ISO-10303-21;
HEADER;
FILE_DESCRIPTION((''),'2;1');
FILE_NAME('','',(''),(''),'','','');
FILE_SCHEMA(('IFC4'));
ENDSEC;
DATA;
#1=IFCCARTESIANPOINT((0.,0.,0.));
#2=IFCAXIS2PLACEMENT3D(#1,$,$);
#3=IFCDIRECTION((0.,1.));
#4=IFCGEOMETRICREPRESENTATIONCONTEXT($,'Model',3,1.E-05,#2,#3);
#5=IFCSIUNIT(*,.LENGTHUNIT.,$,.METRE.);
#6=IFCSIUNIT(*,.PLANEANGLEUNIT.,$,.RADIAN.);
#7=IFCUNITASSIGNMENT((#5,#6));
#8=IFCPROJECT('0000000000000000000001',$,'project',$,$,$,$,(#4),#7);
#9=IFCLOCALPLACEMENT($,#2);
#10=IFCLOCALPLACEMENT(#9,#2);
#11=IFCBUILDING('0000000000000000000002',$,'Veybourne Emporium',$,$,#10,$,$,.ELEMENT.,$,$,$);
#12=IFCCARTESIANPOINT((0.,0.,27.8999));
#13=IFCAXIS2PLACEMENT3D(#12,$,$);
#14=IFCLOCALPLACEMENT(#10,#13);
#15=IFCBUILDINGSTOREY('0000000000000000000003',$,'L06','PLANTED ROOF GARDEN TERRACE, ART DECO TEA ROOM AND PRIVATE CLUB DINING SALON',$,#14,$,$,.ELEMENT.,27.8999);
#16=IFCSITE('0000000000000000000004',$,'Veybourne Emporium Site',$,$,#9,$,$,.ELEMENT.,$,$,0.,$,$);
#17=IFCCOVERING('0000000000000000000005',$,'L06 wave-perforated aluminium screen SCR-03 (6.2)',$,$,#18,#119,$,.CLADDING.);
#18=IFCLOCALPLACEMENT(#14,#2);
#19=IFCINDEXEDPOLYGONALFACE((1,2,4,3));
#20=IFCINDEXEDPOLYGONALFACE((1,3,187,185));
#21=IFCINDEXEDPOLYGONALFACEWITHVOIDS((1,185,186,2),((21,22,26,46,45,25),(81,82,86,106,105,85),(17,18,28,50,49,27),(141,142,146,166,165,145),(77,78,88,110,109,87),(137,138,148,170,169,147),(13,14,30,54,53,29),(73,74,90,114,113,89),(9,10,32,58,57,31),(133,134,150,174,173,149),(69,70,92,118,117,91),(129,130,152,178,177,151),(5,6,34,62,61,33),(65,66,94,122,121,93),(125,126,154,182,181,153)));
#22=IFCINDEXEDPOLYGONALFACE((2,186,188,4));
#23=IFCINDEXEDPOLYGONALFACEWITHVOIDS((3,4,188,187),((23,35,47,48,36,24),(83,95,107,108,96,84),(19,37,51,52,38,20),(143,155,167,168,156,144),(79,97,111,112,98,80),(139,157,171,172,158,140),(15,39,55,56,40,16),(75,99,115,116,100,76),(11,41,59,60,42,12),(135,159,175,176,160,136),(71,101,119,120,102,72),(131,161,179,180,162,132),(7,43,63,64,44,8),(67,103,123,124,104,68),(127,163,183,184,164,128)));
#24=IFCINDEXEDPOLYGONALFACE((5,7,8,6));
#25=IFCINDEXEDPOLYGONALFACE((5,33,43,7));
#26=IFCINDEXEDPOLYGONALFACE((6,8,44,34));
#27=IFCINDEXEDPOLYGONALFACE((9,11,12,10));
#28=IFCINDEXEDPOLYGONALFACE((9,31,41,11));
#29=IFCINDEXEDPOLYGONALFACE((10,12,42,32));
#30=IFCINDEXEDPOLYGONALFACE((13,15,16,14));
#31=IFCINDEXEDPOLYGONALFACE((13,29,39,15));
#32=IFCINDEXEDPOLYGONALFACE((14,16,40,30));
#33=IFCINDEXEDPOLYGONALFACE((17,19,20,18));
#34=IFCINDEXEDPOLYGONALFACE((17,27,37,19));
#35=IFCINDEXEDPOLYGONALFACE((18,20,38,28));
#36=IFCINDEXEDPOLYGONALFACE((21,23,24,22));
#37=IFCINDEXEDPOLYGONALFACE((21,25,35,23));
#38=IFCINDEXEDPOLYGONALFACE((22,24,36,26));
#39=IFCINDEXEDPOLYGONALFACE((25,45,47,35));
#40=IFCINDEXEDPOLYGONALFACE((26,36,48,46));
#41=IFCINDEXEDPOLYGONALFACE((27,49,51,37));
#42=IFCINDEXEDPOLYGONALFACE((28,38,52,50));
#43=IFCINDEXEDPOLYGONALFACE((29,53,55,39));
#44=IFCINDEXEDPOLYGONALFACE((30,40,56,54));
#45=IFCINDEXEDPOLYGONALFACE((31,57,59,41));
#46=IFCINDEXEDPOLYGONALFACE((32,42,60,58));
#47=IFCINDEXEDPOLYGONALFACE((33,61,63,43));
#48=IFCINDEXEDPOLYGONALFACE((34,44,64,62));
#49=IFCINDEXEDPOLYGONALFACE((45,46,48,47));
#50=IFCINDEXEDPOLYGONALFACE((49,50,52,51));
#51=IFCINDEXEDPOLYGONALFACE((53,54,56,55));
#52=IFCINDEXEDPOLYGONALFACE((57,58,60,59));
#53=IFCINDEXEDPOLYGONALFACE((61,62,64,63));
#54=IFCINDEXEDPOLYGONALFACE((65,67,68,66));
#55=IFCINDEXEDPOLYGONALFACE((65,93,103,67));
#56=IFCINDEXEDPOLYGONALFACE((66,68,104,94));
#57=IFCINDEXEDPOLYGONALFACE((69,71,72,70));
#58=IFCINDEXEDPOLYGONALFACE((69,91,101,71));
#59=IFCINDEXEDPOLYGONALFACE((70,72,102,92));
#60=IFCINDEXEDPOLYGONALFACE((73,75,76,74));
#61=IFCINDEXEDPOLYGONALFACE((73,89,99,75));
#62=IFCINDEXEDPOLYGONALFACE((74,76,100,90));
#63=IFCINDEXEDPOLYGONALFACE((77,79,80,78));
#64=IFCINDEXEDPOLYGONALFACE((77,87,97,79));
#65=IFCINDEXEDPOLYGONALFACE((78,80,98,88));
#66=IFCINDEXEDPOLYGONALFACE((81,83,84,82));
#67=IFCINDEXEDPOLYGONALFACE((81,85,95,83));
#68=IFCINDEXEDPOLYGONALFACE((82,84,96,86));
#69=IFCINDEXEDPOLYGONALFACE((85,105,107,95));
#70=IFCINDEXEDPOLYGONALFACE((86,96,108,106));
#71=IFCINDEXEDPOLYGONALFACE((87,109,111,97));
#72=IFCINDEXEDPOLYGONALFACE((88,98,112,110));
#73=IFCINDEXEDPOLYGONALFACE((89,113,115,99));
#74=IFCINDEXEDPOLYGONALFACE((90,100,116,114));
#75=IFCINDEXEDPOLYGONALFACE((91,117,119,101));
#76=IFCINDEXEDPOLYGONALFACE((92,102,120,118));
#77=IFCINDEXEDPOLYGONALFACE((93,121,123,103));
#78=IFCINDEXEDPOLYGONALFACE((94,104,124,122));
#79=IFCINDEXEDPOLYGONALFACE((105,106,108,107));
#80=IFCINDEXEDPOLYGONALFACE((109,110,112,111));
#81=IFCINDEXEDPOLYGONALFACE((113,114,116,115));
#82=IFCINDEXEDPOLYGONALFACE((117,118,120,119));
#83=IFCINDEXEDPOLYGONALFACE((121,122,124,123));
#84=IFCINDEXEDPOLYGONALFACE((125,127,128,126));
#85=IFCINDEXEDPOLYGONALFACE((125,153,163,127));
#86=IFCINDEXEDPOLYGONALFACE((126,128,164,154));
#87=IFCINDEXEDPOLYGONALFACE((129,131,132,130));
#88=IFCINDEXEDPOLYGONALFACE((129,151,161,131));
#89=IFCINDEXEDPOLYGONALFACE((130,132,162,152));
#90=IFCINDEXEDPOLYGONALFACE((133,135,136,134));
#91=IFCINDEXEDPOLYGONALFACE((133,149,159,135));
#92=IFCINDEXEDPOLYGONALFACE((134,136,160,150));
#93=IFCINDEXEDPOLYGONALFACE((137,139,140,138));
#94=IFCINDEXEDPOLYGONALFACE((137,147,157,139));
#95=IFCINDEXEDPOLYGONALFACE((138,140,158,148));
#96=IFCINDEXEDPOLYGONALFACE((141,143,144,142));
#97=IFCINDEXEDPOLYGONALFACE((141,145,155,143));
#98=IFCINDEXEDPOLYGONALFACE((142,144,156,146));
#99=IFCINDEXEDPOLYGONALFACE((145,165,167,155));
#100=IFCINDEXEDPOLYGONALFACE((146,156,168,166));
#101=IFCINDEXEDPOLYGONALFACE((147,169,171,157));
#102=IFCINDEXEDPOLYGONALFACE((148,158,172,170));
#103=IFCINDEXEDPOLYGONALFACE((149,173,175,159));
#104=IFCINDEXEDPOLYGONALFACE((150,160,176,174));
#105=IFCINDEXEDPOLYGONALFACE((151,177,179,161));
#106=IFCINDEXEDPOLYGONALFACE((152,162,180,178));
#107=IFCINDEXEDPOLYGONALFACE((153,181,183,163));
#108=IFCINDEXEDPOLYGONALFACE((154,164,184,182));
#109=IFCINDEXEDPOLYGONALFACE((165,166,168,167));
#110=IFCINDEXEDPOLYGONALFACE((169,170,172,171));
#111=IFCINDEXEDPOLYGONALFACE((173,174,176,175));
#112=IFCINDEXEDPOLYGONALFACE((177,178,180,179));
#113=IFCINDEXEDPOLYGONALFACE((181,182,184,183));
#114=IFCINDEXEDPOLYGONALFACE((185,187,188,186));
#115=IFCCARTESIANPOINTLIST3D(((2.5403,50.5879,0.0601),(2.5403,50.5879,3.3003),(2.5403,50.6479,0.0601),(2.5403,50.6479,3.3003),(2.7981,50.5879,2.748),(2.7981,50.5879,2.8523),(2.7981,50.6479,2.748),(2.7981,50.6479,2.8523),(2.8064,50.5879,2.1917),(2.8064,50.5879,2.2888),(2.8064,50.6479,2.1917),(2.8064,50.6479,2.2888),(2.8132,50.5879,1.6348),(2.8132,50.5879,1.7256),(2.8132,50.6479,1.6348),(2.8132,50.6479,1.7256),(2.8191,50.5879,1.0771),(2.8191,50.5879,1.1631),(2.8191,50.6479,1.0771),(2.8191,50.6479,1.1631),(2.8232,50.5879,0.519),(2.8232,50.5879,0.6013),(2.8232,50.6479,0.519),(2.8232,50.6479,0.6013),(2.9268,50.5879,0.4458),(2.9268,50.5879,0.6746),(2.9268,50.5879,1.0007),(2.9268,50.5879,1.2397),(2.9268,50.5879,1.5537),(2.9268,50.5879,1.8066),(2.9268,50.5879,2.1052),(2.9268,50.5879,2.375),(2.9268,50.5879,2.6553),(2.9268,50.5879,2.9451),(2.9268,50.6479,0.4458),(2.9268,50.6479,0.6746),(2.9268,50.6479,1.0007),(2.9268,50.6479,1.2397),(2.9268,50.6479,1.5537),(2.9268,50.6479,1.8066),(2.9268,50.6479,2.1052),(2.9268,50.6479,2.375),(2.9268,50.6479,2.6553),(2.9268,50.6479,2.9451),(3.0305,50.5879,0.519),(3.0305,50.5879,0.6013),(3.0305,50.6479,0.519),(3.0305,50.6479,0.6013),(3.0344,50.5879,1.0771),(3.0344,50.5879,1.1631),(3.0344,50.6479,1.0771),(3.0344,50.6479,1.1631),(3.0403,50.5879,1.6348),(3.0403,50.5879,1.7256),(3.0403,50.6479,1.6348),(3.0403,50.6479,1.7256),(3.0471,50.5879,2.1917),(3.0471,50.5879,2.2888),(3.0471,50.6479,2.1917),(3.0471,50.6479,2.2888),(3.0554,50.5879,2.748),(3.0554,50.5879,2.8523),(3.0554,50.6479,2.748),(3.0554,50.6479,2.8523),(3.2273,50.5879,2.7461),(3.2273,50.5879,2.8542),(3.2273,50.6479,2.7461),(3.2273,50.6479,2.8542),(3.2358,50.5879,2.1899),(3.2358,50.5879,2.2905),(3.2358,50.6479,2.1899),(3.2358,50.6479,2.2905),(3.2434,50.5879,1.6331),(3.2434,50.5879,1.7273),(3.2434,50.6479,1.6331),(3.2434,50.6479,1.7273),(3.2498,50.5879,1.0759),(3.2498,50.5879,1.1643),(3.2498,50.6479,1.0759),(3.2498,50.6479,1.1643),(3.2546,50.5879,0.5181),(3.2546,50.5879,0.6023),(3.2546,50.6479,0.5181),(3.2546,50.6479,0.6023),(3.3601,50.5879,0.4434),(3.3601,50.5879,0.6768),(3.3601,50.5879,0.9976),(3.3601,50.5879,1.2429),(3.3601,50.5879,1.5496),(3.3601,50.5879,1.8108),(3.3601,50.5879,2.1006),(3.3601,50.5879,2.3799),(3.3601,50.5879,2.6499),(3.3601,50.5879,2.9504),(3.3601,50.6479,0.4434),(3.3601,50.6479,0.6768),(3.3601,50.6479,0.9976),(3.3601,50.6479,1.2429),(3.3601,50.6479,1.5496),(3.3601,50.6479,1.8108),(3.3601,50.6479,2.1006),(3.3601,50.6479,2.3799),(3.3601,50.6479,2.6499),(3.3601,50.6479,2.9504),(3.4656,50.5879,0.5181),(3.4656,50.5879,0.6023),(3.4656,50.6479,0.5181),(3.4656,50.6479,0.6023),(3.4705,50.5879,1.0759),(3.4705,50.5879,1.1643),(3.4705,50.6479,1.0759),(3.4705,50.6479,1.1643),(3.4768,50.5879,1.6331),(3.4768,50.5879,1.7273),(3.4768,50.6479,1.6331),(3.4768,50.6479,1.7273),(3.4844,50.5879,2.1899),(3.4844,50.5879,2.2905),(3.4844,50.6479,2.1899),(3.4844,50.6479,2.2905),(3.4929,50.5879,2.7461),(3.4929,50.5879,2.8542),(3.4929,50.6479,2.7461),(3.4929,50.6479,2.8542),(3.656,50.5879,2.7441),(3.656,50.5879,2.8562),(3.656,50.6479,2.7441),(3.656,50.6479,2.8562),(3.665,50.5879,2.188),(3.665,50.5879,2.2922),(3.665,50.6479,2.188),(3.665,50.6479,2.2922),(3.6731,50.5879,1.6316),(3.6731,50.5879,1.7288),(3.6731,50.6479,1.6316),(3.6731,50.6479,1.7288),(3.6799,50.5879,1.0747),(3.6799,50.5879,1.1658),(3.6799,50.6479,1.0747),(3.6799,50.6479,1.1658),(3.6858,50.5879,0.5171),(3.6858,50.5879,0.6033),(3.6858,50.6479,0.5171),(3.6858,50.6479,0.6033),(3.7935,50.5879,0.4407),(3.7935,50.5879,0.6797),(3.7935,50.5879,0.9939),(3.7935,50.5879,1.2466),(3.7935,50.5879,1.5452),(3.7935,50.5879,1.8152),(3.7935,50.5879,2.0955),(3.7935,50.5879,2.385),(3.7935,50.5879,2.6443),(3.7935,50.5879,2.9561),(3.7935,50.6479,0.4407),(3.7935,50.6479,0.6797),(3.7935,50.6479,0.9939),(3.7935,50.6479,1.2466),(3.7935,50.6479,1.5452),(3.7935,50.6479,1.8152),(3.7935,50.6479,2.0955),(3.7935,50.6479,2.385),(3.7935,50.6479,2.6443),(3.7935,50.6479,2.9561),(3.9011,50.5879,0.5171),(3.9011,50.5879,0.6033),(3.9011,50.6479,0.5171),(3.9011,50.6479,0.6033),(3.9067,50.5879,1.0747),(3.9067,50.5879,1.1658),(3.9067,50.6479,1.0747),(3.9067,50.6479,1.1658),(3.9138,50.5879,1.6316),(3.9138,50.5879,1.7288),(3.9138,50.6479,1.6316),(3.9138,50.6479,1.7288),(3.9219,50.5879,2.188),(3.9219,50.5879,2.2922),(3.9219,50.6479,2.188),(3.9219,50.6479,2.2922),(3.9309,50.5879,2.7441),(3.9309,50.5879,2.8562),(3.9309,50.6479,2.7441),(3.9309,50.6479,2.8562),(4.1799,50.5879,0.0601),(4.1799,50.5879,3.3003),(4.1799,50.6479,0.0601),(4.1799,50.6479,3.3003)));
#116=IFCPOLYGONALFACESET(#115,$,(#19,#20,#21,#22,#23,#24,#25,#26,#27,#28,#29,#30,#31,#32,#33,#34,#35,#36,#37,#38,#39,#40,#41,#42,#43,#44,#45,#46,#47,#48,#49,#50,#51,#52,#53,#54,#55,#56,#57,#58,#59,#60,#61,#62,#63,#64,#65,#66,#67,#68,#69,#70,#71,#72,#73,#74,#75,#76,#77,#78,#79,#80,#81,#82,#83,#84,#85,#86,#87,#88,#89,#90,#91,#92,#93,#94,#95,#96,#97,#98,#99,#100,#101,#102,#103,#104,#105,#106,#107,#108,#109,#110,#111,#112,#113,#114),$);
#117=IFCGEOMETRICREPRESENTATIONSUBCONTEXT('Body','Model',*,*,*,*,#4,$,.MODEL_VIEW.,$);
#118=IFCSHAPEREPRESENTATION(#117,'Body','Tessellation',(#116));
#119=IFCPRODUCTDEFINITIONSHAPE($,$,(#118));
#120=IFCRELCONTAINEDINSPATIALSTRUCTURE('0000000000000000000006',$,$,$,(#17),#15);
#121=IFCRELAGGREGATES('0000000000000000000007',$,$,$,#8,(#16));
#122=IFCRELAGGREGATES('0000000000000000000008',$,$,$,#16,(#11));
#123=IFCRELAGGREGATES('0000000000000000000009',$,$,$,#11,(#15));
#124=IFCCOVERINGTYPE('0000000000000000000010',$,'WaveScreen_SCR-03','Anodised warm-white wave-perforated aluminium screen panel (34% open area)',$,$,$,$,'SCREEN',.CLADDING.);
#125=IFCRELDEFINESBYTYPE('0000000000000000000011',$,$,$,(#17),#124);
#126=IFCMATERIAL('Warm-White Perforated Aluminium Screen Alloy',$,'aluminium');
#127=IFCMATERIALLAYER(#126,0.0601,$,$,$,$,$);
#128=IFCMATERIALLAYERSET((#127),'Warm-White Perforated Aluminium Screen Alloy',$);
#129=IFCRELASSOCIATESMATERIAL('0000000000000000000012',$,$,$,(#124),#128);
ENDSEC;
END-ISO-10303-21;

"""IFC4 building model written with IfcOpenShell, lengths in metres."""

from ifc_helpers import new_model, si_unit, direction, frame, origin, place, context, subcontext, project, spatial, polyline, outline, extrude, material, layer, layer_set, type_object, element, save


model = new_model("IFC4")

# Units and contexts
model_context = context("Model", 3, precision=1e-05, world=origin(), true_north=direction((0.0, 1.0)))
body_context = subcontext(model_context, "Body", "Model", "MODEL_VIEW")
ifc_project = project(units=[si_unit("LENGTHUNIT", "METRE"), si_unit("PLANEANGLEUNIT", "RADIAN")], contexts=[model_context])

# Site, building, storey
site_placement = place(None, origin())
site = spatial("IfcSite", under=ifc_project, at=site_placement, Name="Veybourne Emporium Site", CompositionType="ELEMENT", RefElevation=0.0)
building_placement = place(site_placement, origin())
building = spatial("IfcBuilding", under=site, at=building_placement, Name="Veybourne Emporium", CompositionType="ELEMENT")
storey_placement = place(building_placement, frame((0.0, 0.0, 27.8999)))
storey = spatial("IfcBuildingStorey", under=building, at=storey_placement, Name="L06", Description="PLANTED ROOF GARDEN TERRACE, ART DECO TEA ROOM AND PRIVATE CLUB DINING SALON", CompositionType="ELEMENT", Elevation=27.8999)

# Covering
ifc_material_1 = material(Name="Warm-White Perforated Aluminium Screen Alloy", Category="aluminium")
ifc_layer_1 = layer(ifc_material_1, 0.0601)
ifc_layer_set_1 = layer_set([ifc_layer_1], Name="Warm-White Perforated Aluminium Screen Alloy")
covering_type_1 = type_object("IfcCoveringType", Name="WaveScreen_SCR-03", Description="Anodised warm-white wave-perforated aluminium screen panel (34% open area)", ElementType="SCREEN", PredefinedType="CLADDING", material=ifc_layer_set_1)
covering_1_placement = place(storey_placement, frame((3.3601, 50.6479, 1.6802), z_axis=(0.0, -1.0, 0.0), x_axis=(1.0, 0.0, 0.0)))
element("IfcCovering", 1, at=covering_1_placement, inside=storey, type_object=covering_type_1, Name="L06 wave-perforated aluminium screen SCR-03 (6.2)", PredefinedType="CLADDING", context=body_context, shape_type="SweptSolid", body=[
    extrude(outline(polyline([(-0.8198, -1.6201), (0.8198, -1.6201), (0.8198, 1.6201), (-0.8198, 1.6201), (-0.8198, -1.6201)]), holes=[polyline([(-0.4333, -1.0056), (-0.3296, -1.0789), (-0.3296, -1.1611), (-0.4333, -1.2344), (-0.5369, -1.1611), (-0.5369, -1.0789), (-0.4333, -1.0056)]), polyline([(-0.4333, -0.4404), (-0.3257, -0.5171), (-0.3257, -0.603), (-0.4333, -0.6794), (-0.541, -0.603), (-0.541, -0.5171), (-0.4333, -0.4404)]), polyline([(-0.4333, 0.1265), (-0.3198, 0.0454), (-0.3198, -0.0454), (-0.4333, -0.1265), (-0.5469, -0.0454), (-0.5469, 0.0454), (-0.4333, 0.1265)]), polyline([(-0.4333, 0.6948), (-0.313, 0.6086), (-0.313, 0.5115), (-0.4333, 0.425), (-0.5537, 0.5115), (-0.5537, 0.6086), (-0.4333, 0.6948)]), polyline([(-0.4333, 1.2649), (-0.3047, 1.1721), (-0.3047, 1.0679), (-0.4333, 0.9751), (-0.562, 1.0679), (-0.562, 1.1721), (-0.4333, 1.2649)]), polyline([(0.0, -1.0034), (0.1055, -1.0779), (0.1055, -1.1621), (0.0, -1.2368), (-0.1055, -1.1621), (-0.1055, -1.0779), (0.0, -1.0034)]), polyline([(0.0, -0.4373), (0.1104, -0.5159), (0.1104, -0.6042), (0.0, -0.6826), (-0.1104, -0.6042), (-0.1104, -0.5159), (0.0, -0.4373)]), polyline([(0.0, 0.1306), (0.1167, 0.0471), (0.1167, -0.0471), (0.0, -0.1306), (-0.1167, -0.0471), (-0.1167, 0.0471), (0.0, 0.1306)]), polyline([(0.0, 0.6997), (0.1243, 0.6104), (0.1243, 0.5098), (0.0, 0.4204), (-0.1243, 0.5098), (-0.1243, 0.6104), (0.0, 0.6997)]), polyline([(0.0, 1.2703), (0.1328, 1.1741), (0.1328, 1.0659), (0.0, 0.9697), (-0.1328, 1.0659), (-0.1328, 1.1741), (0.0, 1.2703)]), polyline([(0.4333, -1.0005), (0.541, -1.0769), (0.541, -1.1631), (0.4333, -1.2395), (0.3257, -1.1631), (0.3257, -1.0769), (0.4333, -1.0005)]), polyline([(0.4333, -0.4336), (0.5466, -0.5144), (0.5466, -0.6055), (0.4333, -0.6863), (0.3198, -0.6055), (0.3198, -0.5144), (0.4333, -0.4336)]), polyline([(0.4333, 0.135), (0.5537, 0.0486), (0.5537, -0.0486), (0.4333, -0.135), (0.313, -0.0486), (0.313, 0.0486), (0.4333, 0.135)]), polyline([(0.4333, 0.7048), (0.5618, 0.6121), (0.5618, 0.5078), (0.4333, 0.4153), (0.3049, 0.5078), (0.3049, 0.6121), (0.4333, 0.7048)]), polyline([(0.4333, 1.2759), (0.5708, 1.176), (0.5708, 1.064), (0.4333, 0.9641), (0.2959, 1.064), (0.2959, 1.176), (0.4333, 1.2759)])]), origin(), (0.0, 0.0, 1.0), 0.0601),
])

save(model, "model.ifc")
